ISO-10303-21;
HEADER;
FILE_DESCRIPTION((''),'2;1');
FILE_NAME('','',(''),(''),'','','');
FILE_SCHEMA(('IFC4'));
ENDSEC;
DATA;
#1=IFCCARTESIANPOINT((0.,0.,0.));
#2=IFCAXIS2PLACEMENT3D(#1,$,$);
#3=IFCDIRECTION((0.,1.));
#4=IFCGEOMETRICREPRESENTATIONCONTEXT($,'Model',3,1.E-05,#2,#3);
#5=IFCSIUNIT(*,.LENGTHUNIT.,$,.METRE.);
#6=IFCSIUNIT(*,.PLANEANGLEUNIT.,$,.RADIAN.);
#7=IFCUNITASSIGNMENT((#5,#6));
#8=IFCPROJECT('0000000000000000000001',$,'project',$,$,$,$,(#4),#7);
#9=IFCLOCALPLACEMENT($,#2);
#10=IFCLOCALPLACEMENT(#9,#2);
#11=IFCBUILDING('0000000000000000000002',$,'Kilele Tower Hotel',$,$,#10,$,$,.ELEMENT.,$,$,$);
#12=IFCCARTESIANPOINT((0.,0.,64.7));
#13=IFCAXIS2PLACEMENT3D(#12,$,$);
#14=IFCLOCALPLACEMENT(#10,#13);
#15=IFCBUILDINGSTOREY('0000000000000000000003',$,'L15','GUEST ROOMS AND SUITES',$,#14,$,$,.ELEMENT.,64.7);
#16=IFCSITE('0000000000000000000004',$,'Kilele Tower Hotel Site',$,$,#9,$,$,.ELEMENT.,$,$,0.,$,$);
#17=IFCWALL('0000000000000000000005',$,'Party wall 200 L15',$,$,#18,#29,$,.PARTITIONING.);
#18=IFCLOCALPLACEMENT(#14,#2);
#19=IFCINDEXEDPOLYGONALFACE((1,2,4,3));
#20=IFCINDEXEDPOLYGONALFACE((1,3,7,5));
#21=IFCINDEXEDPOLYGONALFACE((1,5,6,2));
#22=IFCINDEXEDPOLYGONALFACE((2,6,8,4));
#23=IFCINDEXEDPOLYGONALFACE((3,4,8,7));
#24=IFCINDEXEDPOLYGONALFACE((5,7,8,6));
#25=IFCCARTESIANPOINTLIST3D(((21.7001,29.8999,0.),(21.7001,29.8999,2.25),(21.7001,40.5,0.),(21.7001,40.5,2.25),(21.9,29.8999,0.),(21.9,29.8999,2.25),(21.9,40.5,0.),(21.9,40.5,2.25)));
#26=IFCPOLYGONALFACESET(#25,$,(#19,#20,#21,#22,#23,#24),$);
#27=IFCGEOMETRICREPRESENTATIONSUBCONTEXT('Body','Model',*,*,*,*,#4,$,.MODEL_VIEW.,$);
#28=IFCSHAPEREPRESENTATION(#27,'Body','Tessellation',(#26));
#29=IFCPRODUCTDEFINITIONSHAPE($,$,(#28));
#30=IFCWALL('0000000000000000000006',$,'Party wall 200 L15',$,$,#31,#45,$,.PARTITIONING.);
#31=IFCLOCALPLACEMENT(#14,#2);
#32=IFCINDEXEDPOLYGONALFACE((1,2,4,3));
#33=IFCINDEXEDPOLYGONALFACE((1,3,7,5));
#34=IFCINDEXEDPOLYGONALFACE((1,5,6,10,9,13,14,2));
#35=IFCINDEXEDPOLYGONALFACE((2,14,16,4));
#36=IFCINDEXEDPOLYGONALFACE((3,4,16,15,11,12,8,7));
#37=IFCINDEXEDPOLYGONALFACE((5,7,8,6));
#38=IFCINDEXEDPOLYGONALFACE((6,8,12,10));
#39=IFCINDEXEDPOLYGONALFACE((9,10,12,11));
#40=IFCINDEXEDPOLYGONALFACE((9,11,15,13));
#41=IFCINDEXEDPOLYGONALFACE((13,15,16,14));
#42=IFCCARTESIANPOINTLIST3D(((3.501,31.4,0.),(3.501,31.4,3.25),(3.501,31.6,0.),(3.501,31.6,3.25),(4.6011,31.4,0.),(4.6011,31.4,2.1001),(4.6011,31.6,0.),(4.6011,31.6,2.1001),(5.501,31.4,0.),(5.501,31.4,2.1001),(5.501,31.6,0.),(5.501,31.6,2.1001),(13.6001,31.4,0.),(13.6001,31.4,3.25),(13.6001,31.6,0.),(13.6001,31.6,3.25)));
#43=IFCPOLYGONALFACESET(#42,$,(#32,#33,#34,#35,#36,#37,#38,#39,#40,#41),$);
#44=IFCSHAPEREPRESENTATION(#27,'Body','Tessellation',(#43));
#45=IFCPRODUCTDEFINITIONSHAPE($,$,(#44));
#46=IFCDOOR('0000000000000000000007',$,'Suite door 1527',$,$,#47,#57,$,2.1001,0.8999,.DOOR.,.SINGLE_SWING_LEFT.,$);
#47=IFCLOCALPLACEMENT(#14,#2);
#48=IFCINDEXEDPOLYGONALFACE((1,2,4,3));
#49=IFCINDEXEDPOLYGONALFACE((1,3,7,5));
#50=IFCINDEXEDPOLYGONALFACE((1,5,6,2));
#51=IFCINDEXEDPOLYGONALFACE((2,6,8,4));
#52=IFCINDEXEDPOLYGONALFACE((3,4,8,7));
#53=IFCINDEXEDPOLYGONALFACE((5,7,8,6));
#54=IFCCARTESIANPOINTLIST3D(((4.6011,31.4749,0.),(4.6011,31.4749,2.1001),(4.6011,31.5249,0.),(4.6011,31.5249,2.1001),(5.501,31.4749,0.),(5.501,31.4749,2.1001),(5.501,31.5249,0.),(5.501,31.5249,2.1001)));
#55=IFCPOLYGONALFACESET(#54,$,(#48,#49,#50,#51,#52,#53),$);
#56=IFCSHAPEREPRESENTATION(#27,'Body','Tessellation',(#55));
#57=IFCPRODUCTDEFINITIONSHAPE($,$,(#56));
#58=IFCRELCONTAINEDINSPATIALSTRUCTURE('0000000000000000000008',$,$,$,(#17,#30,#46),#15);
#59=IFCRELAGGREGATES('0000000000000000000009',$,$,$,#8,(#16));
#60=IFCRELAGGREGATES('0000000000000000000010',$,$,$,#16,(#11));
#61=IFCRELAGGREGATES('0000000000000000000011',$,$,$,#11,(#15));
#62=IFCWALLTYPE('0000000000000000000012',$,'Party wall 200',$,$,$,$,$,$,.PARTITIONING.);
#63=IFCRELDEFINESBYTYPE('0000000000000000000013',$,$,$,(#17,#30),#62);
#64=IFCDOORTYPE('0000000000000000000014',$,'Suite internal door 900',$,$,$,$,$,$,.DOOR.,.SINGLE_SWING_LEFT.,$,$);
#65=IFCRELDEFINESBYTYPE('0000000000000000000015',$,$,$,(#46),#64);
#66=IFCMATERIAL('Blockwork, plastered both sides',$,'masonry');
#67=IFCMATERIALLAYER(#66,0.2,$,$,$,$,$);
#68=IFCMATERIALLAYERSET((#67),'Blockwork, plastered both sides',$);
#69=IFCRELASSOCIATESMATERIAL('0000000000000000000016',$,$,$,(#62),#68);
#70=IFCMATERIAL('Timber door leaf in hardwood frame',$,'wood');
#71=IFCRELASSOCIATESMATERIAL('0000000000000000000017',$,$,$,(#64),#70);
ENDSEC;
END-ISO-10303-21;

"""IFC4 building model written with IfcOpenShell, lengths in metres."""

from ifc_helpers import new_model, si_unit, direction, frame, frame_2d, origin, place, context, subcontext, project, spatial, rectangle, extrude, material, layer, layer_set, type_object, element, fill, save


model = new_model("IFC4")

# Units and contexts
model_context = context("Model", 3, precision=1e-05, world=origin(), true_north=direction((0.0, 1.0)))
body_context = subcontext(model_context, "Body", "Model", "MODEL_VIEW")
ifc_project = project(units=[si_unit("LENGTHUNIT", "METRE"), si_unit("PLANEANGLEUNIT", "RADIAN")], contexts=[model_context])

# Site, building, storey
site_placement = place(None, origin())
site = spatial("IfcSite", under=ifc_project, at=site_placement, Name="Kilele Tower Hotel Site", CompositionType="ELEMENT", RefElevation=0.0)
building_placement = place(site_placement, origin())
building = spatial("IfcBuilding", under=site, at=building_placement, Name="Kilele Tower Hotel", CompositionType="ELEMENT")
storey_placement = place(building_placement, frame((0.0, 0.0, 64.7)))
storey = spatial("IfcBuildingStorey", under=building, at=storey_placement, Name="L15", Description="GUEST ROOMS AND SUITES", CompositionType="ELEMENT", Elevation=64.7)

# Wall
ifc_material_1 = material(Name="Blockwork, plastered both sides", Category="masonry")
ifc_layer_1 = layer(ifc_material_1, 0.2)
ifc_layer_set_1 = layer_set([ifc_layer_1], Name="Blockwork, plastered both sides")
wall_type_1 = type_object("IfcWallType", Name="Party wall 200", PredefinedType="PARTITIONING", material=ifc_layer_set_1)
wall_1_placement = place(storey_placement, frame((21.8, 29.8999, 0.0), z_axis=(0.0, 0.0, 1.0), x_axis=(0.0, 1.0, 0.0)))
element("IfcWall", 1, at=wall_1_placement, inside=storey, type_object=wall_type_1, Name="Party wall 200 L15", PredefinedType="PARTITIONING", context=body_context, shape_type="SweptSolid", body=[
    extrude(rectangle(XDim=10.6001, YDim=0.2, at=frame_2d((5.3, 0.0))), origin(), (0.0, 0.0, 1.0), 2.25),
])

# Wall, opening, door
wall_2_placement = place(storey_placement, frame((13.6001, 31.5, 0.0), z_axis=(0.0, 0.0, 1.0), x_axis=(-1.0, 0.0, 0.0)))
wall_2 = element("IfcWall", 2, at=wall_2_placement, inside=storey, type_object=wall_type_1, Name="Party wall 200 L15", PredefinedType="PARTITIONING", context=body_context, shape_type="SweptSolid", body=[
    extrude(rectangle(XDim=10.0991, YDim=0.2, at=frame_2d((5.0496, 0.0))), origin(), (0.0, 0.0, 1.0), 3.25),
])
opening_1_placement = place(wall_2_placement, frame((8.999, 0.0, 0.0), z_axis=(0.0, 0.0, 1.0), x_axis=(-1.0, 0.0, 0.0)))
opening_1 = element("IfcOpeningElement", 3, at=opening_1_placement, cuts=wall_2, PredefinedType="OPENING", context=body_context, shape_type="SweptSolid", body=[
    extrude(rectangle(XDim=0.8999, YDim=2.1001, at=frame_2d((0.45, 1.05))), frame((0.0, 0.1099, 0.0), z_axis=(0.0, -1.0, 0.0), x_axis=(1.0, 0.0, 0.0)), (0.0, 0.0, 1.0), 0.22),
])
ifc_material_2 = material(Name="Timber door leaf in hardwood frame", Category="wood")
door_type_1 = type_object("IfcDoorType", Name="Suite internal door 900", OperationType="SINGLE_SWING_LEFT", PredefinedType="DOOR", material=ifc_material_2)
door_1_placement = place(opening_1_placement, origin())
door_1 = element("IfcDoor", 4, at=door_1_placement, inside=storey, type_object=door_type_1, Name="Suite door 1527", OperationType="SINGLE_SWING_LEFT", OverallHeight=2.1001, OverallWidth=0.8999, PredefinedType="DOOR", context=body_context, shape_type="SweptSolid", body=[
    extrude(rectangle(XDim=0.8999, YDim=2.1001, at=frame_2d((0.45, 1.05))), frame((0.0, 0.0249, 0.0), z_axis=(0.0, -1.0, 0.0), x_axis=(1.0, 0.0, 0.0)), (0.0, 0.0, 1.0), 0.05),
])
fill(opening_1, door_1)

save(model, "model.ifc")
